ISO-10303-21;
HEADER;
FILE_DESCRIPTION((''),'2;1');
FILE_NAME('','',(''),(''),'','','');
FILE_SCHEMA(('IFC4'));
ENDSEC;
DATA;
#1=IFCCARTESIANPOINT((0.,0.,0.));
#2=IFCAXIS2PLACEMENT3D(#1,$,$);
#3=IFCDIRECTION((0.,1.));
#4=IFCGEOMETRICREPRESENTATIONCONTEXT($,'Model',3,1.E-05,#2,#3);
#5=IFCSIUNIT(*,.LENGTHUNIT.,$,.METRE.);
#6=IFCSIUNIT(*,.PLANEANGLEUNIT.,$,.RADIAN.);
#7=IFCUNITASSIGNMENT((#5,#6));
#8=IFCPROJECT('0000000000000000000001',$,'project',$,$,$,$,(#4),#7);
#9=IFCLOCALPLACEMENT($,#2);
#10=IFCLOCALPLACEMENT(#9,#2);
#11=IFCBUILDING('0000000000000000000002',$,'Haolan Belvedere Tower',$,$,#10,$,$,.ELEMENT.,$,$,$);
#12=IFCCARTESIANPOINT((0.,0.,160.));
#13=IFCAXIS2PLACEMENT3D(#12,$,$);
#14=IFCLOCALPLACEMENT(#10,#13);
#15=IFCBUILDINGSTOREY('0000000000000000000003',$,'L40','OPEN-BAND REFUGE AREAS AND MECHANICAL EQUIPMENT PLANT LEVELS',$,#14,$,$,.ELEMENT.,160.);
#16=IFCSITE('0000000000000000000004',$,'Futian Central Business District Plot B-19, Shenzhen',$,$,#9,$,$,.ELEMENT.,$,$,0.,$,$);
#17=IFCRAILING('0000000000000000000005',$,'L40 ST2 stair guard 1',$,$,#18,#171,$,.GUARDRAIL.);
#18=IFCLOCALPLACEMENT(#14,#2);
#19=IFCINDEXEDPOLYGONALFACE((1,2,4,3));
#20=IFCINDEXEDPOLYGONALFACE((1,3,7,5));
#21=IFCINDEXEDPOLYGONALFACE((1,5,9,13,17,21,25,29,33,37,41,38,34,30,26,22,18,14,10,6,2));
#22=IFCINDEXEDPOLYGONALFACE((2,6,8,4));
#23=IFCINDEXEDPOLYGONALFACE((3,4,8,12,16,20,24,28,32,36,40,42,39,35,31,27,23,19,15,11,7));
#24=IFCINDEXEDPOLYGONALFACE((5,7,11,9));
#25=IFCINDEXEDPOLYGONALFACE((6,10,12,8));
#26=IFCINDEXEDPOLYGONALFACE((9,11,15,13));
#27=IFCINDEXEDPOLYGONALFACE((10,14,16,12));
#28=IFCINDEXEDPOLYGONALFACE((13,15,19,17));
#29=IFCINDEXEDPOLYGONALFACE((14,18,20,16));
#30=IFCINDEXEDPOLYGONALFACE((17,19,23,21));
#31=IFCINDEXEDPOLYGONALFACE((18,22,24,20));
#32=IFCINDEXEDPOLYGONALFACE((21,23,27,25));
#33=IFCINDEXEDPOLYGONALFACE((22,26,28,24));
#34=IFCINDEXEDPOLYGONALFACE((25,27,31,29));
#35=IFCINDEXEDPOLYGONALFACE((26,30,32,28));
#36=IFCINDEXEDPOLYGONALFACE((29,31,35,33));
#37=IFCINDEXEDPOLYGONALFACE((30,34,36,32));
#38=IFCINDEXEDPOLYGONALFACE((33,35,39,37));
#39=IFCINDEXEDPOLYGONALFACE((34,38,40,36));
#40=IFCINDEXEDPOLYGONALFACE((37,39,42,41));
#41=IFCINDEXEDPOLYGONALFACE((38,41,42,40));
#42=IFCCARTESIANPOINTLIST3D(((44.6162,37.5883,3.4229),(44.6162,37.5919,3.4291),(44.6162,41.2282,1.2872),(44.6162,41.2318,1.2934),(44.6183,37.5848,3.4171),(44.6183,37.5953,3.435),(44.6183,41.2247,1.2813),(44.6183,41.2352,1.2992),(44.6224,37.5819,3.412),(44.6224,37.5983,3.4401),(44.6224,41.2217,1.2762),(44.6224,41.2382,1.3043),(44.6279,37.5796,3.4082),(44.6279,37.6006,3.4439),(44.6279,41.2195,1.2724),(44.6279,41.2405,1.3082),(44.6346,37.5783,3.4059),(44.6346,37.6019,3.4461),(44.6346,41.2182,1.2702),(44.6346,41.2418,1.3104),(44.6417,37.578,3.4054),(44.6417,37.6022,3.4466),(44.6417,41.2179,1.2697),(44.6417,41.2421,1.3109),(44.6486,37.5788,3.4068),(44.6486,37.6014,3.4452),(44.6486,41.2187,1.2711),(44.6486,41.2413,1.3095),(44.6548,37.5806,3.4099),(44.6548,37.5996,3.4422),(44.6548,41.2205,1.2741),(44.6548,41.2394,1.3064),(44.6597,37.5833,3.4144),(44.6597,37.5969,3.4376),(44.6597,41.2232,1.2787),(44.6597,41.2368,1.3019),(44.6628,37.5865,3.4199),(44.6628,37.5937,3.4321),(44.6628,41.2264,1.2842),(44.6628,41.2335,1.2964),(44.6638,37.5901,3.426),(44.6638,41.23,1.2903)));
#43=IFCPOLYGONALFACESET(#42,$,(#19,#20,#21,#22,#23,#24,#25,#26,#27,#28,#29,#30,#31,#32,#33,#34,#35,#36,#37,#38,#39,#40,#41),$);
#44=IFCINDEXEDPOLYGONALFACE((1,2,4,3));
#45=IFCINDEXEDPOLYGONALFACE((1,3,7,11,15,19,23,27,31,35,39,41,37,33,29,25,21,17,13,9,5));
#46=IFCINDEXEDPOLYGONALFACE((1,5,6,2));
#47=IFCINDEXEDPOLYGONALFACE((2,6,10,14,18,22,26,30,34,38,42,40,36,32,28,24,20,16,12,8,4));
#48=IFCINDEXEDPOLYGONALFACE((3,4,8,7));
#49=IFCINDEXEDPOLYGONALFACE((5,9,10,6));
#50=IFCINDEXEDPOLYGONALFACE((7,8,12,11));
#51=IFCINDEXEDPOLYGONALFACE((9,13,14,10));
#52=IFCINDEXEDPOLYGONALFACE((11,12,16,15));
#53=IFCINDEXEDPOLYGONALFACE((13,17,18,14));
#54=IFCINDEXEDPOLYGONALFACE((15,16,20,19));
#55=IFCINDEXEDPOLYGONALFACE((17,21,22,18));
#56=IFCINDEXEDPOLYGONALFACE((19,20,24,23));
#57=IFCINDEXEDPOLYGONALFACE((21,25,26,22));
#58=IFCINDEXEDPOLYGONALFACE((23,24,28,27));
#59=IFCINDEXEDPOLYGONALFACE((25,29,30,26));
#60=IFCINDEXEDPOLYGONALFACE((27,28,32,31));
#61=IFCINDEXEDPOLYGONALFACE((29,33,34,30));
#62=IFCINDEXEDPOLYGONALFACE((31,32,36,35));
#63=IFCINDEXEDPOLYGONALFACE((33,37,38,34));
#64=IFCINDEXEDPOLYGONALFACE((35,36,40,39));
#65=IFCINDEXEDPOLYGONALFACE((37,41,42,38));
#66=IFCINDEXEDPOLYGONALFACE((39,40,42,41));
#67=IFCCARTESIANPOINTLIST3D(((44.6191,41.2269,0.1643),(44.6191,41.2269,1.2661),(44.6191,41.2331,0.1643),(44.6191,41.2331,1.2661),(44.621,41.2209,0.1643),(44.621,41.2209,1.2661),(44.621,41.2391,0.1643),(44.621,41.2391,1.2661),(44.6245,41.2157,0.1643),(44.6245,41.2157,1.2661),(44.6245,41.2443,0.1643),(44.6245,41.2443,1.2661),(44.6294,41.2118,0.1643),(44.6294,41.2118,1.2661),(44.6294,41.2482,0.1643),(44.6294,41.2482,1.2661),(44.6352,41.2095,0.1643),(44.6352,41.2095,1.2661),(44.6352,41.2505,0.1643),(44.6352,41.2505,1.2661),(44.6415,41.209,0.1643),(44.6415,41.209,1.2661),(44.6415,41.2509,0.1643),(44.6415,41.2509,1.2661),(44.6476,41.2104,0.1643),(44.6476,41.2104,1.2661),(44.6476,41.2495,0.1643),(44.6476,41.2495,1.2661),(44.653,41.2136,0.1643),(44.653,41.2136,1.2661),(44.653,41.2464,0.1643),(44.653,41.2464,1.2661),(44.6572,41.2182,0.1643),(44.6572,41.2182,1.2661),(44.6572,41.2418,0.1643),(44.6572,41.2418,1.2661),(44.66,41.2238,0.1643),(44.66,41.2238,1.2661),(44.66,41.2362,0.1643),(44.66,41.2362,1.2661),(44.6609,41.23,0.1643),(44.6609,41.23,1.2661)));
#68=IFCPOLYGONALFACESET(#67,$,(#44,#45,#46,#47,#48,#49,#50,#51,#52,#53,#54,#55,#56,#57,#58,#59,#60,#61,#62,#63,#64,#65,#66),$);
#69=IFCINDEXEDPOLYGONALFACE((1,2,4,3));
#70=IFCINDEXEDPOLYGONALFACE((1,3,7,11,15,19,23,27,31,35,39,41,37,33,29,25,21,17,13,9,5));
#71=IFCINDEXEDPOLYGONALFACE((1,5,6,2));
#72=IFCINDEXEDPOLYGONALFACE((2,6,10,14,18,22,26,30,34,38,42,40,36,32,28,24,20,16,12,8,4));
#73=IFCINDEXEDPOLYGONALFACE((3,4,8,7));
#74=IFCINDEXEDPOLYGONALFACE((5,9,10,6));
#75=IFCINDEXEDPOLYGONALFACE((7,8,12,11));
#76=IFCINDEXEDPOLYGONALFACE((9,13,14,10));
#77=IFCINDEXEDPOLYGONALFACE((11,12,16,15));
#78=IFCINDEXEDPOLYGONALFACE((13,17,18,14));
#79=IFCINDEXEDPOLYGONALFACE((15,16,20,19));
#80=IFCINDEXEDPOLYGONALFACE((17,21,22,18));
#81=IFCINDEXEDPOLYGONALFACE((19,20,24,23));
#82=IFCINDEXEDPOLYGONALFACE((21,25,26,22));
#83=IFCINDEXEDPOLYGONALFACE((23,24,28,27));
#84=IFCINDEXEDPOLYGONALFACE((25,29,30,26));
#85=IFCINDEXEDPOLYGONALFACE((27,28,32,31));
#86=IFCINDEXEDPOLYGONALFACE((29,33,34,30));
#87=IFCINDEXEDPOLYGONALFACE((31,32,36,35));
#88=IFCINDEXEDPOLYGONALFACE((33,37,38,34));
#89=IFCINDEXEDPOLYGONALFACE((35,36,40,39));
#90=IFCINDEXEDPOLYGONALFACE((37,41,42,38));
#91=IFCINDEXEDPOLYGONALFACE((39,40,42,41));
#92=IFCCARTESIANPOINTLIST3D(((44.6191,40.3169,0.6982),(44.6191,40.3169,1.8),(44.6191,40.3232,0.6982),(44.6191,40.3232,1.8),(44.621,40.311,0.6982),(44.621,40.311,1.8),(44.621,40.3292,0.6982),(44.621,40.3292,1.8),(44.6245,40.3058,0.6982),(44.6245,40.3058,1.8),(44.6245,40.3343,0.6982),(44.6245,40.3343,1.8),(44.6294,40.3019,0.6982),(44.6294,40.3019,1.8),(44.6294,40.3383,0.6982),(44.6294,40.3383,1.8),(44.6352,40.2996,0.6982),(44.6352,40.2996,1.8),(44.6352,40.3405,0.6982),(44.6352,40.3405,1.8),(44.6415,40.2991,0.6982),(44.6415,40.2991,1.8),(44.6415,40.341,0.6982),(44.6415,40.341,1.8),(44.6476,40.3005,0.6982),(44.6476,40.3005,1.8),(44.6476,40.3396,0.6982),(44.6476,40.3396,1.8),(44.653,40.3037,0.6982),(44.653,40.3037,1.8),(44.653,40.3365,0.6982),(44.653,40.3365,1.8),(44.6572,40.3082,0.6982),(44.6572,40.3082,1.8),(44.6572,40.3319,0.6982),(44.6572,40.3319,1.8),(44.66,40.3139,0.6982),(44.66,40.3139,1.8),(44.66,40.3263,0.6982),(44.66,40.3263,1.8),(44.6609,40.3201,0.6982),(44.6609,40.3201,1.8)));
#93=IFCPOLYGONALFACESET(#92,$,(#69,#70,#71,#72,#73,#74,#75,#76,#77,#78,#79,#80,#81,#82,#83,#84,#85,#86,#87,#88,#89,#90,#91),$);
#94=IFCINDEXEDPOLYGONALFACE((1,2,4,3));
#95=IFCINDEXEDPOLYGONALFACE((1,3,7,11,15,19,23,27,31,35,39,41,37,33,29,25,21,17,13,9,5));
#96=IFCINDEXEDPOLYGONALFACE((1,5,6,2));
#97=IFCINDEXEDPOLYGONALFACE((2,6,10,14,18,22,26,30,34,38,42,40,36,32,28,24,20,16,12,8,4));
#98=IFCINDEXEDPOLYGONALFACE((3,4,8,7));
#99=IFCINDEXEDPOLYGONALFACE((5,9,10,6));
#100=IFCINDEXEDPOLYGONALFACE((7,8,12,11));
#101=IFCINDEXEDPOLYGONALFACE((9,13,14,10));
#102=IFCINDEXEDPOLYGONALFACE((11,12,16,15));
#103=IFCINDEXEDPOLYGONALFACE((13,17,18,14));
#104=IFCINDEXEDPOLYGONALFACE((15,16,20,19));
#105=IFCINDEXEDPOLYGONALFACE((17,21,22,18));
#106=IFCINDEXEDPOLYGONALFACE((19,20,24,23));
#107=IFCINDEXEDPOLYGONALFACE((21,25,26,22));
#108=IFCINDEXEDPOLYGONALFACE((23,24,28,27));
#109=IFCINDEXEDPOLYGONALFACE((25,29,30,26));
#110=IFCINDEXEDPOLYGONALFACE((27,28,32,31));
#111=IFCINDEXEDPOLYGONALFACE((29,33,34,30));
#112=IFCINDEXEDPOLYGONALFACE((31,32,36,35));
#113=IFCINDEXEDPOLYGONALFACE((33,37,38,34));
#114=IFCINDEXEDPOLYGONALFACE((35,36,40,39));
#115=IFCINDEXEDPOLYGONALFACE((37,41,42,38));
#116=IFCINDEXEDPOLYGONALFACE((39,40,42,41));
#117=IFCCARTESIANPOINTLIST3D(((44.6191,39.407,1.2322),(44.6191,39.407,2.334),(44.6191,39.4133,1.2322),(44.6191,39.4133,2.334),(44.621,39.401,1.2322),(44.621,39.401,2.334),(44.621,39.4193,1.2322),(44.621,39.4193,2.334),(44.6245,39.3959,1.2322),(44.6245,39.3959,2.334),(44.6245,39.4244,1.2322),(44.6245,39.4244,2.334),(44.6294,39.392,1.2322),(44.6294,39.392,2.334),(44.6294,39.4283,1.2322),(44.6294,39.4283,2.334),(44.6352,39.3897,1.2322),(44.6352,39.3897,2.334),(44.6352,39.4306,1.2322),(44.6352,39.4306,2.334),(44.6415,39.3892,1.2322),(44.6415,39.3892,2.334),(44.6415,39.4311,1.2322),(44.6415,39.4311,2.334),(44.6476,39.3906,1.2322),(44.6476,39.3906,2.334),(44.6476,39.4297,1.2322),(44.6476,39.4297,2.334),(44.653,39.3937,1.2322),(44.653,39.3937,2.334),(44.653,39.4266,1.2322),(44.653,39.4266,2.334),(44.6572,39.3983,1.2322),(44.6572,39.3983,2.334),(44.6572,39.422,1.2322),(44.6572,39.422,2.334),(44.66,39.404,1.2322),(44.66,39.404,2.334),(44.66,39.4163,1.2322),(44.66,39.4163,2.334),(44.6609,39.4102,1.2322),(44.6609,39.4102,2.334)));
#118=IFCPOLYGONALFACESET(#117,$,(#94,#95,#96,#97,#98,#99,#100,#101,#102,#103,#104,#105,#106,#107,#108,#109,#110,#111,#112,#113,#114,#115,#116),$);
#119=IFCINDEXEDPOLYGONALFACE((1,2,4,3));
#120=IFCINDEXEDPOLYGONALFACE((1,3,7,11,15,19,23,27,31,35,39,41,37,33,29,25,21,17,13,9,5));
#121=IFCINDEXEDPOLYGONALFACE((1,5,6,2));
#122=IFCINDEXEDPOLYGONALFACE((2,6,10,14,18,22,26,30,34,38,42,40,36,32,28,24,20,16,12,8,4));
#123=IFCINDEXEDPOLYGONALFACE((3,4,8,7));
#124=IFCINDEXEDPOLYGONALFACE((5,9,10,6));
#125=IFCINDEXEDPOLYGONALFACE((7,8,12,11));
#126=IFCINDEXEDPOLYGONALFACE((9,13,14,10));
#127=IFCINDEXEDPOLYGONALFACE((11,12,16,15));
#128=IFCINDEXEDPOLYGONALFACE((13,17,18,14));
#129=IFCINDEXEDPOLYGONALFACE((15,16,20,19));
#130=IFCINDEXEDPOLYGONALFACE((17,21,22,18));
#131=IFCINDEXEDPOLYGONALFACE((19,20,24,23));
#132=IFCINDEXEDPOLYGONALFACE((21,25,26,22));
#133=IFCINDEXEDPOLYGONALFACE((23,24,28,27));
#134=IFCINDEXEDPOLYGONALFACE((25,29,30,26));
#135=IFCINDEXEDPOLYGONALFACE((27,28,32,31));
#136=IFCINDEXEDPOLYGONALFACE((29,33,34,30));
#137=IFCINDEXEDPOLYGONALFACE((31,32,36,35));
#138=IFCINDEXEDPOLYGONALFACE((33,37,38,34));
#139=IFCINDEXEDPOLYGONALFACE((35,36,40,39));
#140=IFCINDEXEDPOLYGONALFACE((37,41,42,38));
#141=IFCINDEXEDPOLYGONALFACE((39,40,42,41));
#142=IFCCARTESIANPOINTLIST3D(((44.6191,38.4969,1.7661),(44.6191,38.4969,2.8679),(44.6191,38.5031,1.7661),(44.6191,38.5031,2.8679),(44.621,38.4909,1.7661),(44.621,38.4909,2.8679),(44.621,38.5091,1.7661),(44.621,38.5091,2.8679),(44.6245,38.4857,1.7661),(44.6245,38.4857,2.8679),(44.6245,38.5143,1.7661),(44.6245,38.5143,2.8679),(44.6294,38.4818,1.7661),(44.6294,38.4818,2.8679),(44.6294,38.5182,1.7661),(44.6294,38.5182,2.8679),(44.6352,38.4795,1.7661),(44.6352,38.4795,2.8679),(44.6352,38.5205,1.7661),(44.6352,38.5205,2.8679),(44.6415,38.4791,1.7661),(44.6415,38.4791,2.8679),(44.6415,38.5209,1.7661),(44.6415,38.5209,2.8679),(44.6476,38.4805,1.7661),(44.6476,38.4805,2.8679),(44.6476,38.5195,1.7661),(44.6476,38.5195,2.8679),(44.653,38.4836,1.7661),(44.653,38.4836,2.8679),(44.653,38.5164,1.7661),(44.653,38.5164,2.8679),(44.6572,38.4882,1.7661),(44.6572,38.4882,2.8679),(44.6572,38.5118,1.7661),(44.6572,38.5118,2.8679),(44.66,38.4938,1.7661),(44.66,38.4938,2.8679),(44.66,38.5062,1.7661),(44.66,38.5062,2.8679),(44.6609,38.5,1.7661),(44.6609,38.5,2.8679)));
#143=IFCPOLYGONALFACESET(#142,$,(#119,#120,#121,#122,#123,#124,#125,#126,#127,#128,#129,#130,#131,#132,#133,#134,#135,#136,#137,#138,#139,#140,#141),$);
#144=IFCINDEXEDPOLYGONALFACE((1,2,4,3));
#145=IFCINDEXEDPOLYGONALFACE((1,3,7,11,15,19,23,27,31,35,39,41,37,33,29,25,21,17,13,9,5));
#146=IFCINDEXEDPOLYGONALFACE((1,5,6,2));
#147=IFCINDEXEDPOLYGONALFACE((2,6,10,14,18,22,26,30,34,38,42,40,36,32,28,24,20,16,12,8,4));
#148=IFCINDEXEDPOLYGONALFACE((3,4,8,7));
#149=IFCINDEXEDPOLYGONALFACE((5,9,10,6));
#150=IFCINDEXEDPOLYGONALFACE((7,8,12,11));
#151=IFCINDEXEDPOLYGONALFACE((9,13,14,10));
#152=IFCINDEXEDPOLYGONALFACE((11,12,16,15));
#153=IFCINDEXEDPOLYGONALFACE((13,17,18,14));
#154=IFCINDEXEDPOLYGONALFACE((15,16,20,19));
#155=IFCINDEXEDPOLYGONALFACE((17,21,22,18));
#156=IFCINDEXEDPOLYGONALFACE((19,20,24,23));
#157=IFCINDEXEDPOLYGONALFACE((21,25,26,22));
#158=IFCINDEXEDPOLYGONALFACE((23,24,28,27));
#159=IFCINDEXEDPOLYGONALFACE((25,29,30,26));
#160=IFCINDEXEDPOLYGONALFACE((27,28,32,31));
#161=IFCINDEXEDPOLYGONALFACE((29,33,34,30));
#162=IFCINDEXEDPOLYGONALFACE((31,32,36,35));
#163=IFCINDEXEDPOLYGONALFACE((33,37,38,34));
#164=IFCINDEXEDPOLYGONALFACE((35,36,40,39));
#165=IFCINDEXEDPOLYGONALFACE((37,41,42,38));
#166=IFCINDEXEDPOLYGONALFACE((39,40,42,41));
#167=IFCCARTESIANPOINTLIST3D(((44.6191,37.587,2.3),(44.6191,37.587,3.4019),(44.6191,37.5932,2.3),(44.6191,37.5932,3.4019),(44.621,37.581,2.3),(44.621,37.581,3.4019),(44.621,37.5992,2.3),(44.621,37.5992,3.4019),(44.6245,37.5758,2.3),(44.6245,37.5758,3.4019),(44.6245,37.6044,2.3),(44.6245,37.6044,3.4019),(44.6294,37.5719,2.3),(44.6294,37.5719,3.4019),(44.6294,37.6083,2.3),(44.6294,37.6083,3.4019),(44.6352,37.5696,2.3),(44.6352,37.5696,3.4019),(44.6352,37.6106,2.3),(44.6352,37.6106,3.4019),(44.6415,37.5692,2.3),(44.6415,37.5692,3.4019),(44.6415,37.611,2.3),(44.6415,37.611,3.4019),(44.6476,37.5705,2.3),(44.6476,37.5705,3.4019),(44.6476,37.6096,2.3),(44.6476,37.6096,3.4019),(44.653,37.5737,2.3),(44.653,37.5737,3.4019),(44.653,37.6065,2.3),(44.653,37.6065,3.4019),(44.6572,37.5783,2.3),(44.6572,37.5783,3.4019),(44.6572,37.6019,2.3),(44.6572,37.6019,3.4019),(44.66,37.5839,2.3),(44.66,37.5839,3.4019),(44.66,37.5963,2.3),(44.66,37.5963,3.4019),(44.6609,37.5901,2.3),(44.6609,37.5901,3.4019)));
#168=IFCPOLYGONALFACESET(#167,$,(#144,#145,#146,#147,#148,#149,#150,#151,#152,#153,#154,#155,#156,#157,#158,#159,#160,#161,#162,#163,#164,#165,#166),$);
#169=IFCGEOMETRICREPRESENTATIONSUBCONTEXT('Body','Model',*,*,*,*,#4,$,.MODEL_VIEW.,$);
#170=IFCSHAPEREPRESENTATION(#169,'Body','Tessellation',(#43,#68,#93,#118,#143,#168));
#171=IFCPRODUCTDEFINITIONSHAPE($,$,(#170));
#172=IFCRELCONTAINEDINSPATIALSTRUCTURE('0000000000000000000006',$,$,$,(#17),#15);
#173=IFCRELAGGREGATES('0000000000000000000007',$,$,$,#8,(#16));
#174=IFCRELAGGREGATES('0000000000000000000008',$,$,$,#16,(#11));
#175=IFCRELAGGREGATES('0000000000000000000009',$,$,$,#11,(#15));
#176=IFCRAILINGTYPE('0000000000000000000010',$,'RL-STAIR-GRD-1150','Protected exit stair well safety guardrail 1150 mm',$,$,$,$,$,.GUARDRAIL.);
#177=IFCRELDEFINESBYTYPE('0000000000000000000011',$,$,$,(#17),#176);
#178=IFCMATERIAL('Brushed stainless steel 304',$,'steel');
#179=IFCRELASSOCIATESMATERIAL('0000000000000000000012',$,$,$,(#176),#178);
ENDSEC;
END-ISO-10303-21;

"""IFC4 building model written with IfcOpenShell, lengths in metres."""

from ifc_helpers import new_model, si_unit, direction, frame, origin, origin_2d, place, context, subcontext, project, spatial, circle, extrude, material, type_object, element, save


model = new_model("IFC4")

# Units and contexts
model_context = context("Model", 3, precision=1e-05, world=origin(), true_north=direction((0.0, 1.0)))
body_context = subcontext(model_context, "Body", "Model", "MODEL_VIEW")
ifc_project = project(units=[si_unit("LENGTHUNIT", "METRE"), si_unit("PLANEANGLEUNIT", "RADIAN")], contexts=[model_context])

# Site, building, storey
site_placement = place(None, origin())
site = spatial("IfcSite", under=ifc_project, at=site_placement, Name="Futian Central Business District Plot B-19, Shenzhen", CompositionType="ELEMENT", RefElevation=0.0)
building_placement = place(site_placement, origin())
building = spatial("IfcBuilding", under=site, at=building_placement, Name="Haolan Belvedere Tower", CompositionType="ELEMENT")
storey_placement = place(building_placement, frame((0.0, 0.0, 160.0)))
storey = spatial("IfcBuildingStorey", under=building, at=storey_placement, Name="L40", Description="OPEN-BAND REFUGE AREAS AND MECHANICAL EQUIPMENT PLANT LEVELS", CompositionType="ELEMENT", Elevation=160.0)

# Railing
ifc_material_1 = material(Name="Brushed stainless steel 304", Category="steel")
railing_type_1 = type_object("IfcRailingType", Name="RL-STAIR-GRD-1150", Description="Protected exit stair well safety guardrail 1150 mm", PredefinedType="GUARDRAIL", material=ifc_material_1)
railing_1_placement = place(storey_placement, frame((44.6399, 41.23, 0.1643)))
element("IfcRailing", 1, at=railing_1_placement, inside=storey, type_object=railing_type_1, Name="L40 ST2 stair guard 1", PredefinedType="GUARDRAIL", context=body_context, shape_type="SweptSolid", body=[
    extrude(circle(Radius=0.0239, at=origin_2d()), frame((0.0, 0.0, 1.126), z_axis=(0.0, -0.86249, 0.506074), x_axis=(1.0, 0.0, 0.0)), (0.0, 0.0, 1.0), 4.2202),
    extrude(circle(Radius=0.021, at=origin_2d()), origin(), (0.0, 0.0, 1.0), 1.1018),
    extrude(circle(Radius=0.021, at=origin_2d()), frame((0.0, -0.9099, 0.5339)), (0.0, 0.0, 1.0), 1.1018),
    extrude(circle(Radius=0.021, at=origin_2d()), frame((0.0, -1.8198, 1.0679)), (0.0, 0.0, 1.0), 1.1018),
    extrude(circle(Radius=0.021, at=origin_2d()), frame((0.0, -2.73, 1.6018)), (0.0, 0.0, 1.0), 1.1018),
    extrude(circle(Radius=0.021, at=origin_2d()), frame((0.0, -3.6399, 2.1357)), (0.0, 0.0, 1.0), 1.1018),
])

save(model, "model.ifc")
